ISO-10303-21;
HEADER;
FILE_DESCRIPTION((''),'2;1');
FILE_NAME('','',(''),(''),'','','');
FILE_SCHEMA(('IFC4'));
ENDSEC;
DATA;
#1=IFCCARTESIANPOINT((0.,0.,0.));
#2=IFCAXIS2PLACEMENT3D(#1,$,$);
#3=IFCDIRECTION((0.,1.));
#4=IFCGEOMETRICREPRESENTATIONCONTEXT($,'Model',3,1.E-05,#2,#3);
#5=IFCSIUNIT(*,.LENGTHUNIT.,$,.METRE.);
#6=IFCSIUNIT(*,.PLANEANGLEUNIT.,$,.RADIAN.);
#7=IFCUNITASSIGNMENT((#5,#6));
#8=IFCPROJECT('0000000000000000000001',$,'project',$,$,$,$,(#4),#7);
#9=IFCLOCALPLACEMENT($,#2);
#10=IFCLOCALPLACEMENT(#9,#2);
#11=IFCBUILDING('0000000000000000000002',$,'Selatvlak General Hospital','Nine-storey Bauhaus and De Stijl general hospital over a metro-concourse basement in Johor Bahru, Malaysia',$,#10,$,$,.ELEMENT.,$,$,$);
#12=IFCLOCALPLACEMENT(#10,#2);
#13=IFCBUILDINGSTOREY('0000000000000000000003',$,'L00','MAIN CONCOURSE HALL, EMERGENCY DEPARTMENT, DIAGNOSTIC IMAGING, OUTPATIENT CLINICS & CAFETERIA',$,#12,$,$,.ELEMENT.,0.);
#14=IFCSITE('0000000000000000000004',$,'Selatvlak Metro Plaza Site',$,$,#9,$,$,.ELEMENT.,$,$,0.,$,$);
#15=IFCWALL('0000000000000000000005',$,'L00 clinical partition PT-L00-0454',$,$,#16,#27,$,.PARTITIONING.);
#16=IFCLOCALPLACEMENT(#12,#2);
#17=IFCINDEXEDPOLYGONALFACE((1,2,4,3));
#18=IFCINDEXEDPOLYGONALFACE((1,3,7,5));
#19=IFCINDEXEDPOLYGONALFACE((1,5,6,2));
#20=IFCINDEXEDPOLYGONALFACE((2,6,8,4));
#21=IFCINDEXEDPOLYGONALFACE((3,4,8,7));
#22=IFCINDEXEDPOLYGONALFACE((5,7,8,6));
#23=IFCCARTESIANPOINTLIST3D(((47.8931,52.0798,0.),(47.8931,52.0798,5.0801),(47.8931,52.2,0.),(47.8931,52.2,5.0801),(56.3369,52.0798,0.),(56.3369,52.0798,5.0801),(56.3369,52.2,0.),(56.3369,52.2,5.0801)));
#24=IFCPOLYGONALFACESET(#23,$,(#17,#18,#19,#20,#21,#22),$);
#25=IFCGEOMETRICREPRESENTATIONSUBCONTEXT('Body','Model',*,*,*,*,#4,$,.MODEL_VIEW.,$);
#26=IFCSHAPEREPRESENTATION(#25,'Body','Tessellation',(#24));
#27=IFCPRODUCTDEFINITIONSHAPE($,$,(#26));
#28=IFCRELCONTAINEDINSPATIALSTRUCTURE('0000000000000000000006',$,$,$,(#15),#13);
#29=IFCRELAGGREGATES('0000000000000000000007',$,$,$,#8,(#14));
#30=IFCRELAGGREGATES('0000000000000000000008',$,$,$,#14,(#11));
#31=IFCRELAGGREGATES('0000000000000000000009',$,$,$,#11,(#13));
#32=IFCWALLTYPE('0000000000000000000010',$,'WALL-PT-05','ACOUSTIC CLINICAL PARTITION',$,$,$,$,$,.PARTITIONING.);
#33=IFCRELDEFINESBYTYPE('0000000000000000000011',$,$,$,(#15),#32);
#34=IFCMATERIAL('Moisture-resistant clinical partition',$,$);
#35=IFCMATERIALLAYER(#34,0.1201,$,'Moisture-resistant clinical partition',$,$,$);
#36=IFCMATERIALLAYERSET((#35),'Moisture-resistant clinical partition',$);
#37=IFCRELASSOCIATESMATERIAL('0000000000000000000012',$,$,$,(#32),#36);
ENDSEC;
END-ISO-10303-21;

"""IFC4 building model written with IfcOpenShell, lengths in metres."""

from ifc_helpers import new_model, si_unit, direction, frame, frame_2d, origin, place, context, subcontext, project, spatial, rectangle, extrude, material, layer, layer_set, type_object, element, save


model = new_model("IFC4")

# Units and contexts
model_context = context("Model", 3, precision=1e-05, world=origin(), true_north=direction((0.0, 1.0)))
body_context = subcontext(model_context, "Body", "Model", "MODEL_VIEW")
ifc_project = project(units=[si_unit("LENGTHUNIT", "METRE"), si_unit("PLANEANGLEUNIT", "RADIAN")], contexts=[model_context])

# Site, building, storey
site_placement = place(None, origin())
site = spatial("IfcSite", under=ifc_project, at=site_placement, Name="Selatvlak Metro Plaza Site", CompositionType="ELEMENT", RefElevation=0.0)
building_placement = place(site_placement, origin())
building = spatial("IfcBuilding", under=site, at=building_placement, Name="Selatvlak General Hospital", Description="Nine-storey Bauhaus and De Stijl general hospital over a metro-concourse basement in Johor Bahru, Malaysia", CompositionType="ELEMENT")
storey_placement = place(building_placement, origin())
storey = spatial("IfcBuildingStorey", under=building, at=storey_placement, Name="L00", Description="MAIN CONCOURSE HALL, EMERGENCY DEPARTMENT, DIAGNOSTIC IMAGING, OUTPATIENT CLINICS & CAFETERIA", CompositionType="ELEMENT", Elevation=0.0)

# Wall
ifc_material_1 = material(Name="Moisture-resistant clinical partition")
ifc_layer_1 = layer(ifc_material_1, 0.1201, Name="Moisture-resistant clinical partition")
ifc_layer_set_1 = layer_set([ifc_layer_1], Name="Moisture-resistant clinical partition")
wall_type_1 = type_object("IfcWallType", Name="WALL-PT-05", Description="ACOUSTIC CLINICAL PARTITION", PredefinedType="PARTITIONING", material=ifc_layer_set_1)
wall_1_placement = place(storey_placement, frame((56.3369, 52.1399, 0.0), z_axis=(0.0, 0.0, 1.0), x_axis=(-1.0, 0.0, 0.0)))
element("IfcWall", 1, at=wall_1_placement, inside=storey, type_object=wall_type_1, Name="L00 clinical partition PT-L00-0454", PredefinedType="PARTITIONING", context=body_context, shape_type="SweptSolid", body=[
    extrude(rectangle(XDim=8.4438, YDim=0.1201, at=frame_2d((4.2219, 0.0))), origin(), (0.0, 0.0, 1.0), 5.0801),
])

save(model, "model.ifc")
